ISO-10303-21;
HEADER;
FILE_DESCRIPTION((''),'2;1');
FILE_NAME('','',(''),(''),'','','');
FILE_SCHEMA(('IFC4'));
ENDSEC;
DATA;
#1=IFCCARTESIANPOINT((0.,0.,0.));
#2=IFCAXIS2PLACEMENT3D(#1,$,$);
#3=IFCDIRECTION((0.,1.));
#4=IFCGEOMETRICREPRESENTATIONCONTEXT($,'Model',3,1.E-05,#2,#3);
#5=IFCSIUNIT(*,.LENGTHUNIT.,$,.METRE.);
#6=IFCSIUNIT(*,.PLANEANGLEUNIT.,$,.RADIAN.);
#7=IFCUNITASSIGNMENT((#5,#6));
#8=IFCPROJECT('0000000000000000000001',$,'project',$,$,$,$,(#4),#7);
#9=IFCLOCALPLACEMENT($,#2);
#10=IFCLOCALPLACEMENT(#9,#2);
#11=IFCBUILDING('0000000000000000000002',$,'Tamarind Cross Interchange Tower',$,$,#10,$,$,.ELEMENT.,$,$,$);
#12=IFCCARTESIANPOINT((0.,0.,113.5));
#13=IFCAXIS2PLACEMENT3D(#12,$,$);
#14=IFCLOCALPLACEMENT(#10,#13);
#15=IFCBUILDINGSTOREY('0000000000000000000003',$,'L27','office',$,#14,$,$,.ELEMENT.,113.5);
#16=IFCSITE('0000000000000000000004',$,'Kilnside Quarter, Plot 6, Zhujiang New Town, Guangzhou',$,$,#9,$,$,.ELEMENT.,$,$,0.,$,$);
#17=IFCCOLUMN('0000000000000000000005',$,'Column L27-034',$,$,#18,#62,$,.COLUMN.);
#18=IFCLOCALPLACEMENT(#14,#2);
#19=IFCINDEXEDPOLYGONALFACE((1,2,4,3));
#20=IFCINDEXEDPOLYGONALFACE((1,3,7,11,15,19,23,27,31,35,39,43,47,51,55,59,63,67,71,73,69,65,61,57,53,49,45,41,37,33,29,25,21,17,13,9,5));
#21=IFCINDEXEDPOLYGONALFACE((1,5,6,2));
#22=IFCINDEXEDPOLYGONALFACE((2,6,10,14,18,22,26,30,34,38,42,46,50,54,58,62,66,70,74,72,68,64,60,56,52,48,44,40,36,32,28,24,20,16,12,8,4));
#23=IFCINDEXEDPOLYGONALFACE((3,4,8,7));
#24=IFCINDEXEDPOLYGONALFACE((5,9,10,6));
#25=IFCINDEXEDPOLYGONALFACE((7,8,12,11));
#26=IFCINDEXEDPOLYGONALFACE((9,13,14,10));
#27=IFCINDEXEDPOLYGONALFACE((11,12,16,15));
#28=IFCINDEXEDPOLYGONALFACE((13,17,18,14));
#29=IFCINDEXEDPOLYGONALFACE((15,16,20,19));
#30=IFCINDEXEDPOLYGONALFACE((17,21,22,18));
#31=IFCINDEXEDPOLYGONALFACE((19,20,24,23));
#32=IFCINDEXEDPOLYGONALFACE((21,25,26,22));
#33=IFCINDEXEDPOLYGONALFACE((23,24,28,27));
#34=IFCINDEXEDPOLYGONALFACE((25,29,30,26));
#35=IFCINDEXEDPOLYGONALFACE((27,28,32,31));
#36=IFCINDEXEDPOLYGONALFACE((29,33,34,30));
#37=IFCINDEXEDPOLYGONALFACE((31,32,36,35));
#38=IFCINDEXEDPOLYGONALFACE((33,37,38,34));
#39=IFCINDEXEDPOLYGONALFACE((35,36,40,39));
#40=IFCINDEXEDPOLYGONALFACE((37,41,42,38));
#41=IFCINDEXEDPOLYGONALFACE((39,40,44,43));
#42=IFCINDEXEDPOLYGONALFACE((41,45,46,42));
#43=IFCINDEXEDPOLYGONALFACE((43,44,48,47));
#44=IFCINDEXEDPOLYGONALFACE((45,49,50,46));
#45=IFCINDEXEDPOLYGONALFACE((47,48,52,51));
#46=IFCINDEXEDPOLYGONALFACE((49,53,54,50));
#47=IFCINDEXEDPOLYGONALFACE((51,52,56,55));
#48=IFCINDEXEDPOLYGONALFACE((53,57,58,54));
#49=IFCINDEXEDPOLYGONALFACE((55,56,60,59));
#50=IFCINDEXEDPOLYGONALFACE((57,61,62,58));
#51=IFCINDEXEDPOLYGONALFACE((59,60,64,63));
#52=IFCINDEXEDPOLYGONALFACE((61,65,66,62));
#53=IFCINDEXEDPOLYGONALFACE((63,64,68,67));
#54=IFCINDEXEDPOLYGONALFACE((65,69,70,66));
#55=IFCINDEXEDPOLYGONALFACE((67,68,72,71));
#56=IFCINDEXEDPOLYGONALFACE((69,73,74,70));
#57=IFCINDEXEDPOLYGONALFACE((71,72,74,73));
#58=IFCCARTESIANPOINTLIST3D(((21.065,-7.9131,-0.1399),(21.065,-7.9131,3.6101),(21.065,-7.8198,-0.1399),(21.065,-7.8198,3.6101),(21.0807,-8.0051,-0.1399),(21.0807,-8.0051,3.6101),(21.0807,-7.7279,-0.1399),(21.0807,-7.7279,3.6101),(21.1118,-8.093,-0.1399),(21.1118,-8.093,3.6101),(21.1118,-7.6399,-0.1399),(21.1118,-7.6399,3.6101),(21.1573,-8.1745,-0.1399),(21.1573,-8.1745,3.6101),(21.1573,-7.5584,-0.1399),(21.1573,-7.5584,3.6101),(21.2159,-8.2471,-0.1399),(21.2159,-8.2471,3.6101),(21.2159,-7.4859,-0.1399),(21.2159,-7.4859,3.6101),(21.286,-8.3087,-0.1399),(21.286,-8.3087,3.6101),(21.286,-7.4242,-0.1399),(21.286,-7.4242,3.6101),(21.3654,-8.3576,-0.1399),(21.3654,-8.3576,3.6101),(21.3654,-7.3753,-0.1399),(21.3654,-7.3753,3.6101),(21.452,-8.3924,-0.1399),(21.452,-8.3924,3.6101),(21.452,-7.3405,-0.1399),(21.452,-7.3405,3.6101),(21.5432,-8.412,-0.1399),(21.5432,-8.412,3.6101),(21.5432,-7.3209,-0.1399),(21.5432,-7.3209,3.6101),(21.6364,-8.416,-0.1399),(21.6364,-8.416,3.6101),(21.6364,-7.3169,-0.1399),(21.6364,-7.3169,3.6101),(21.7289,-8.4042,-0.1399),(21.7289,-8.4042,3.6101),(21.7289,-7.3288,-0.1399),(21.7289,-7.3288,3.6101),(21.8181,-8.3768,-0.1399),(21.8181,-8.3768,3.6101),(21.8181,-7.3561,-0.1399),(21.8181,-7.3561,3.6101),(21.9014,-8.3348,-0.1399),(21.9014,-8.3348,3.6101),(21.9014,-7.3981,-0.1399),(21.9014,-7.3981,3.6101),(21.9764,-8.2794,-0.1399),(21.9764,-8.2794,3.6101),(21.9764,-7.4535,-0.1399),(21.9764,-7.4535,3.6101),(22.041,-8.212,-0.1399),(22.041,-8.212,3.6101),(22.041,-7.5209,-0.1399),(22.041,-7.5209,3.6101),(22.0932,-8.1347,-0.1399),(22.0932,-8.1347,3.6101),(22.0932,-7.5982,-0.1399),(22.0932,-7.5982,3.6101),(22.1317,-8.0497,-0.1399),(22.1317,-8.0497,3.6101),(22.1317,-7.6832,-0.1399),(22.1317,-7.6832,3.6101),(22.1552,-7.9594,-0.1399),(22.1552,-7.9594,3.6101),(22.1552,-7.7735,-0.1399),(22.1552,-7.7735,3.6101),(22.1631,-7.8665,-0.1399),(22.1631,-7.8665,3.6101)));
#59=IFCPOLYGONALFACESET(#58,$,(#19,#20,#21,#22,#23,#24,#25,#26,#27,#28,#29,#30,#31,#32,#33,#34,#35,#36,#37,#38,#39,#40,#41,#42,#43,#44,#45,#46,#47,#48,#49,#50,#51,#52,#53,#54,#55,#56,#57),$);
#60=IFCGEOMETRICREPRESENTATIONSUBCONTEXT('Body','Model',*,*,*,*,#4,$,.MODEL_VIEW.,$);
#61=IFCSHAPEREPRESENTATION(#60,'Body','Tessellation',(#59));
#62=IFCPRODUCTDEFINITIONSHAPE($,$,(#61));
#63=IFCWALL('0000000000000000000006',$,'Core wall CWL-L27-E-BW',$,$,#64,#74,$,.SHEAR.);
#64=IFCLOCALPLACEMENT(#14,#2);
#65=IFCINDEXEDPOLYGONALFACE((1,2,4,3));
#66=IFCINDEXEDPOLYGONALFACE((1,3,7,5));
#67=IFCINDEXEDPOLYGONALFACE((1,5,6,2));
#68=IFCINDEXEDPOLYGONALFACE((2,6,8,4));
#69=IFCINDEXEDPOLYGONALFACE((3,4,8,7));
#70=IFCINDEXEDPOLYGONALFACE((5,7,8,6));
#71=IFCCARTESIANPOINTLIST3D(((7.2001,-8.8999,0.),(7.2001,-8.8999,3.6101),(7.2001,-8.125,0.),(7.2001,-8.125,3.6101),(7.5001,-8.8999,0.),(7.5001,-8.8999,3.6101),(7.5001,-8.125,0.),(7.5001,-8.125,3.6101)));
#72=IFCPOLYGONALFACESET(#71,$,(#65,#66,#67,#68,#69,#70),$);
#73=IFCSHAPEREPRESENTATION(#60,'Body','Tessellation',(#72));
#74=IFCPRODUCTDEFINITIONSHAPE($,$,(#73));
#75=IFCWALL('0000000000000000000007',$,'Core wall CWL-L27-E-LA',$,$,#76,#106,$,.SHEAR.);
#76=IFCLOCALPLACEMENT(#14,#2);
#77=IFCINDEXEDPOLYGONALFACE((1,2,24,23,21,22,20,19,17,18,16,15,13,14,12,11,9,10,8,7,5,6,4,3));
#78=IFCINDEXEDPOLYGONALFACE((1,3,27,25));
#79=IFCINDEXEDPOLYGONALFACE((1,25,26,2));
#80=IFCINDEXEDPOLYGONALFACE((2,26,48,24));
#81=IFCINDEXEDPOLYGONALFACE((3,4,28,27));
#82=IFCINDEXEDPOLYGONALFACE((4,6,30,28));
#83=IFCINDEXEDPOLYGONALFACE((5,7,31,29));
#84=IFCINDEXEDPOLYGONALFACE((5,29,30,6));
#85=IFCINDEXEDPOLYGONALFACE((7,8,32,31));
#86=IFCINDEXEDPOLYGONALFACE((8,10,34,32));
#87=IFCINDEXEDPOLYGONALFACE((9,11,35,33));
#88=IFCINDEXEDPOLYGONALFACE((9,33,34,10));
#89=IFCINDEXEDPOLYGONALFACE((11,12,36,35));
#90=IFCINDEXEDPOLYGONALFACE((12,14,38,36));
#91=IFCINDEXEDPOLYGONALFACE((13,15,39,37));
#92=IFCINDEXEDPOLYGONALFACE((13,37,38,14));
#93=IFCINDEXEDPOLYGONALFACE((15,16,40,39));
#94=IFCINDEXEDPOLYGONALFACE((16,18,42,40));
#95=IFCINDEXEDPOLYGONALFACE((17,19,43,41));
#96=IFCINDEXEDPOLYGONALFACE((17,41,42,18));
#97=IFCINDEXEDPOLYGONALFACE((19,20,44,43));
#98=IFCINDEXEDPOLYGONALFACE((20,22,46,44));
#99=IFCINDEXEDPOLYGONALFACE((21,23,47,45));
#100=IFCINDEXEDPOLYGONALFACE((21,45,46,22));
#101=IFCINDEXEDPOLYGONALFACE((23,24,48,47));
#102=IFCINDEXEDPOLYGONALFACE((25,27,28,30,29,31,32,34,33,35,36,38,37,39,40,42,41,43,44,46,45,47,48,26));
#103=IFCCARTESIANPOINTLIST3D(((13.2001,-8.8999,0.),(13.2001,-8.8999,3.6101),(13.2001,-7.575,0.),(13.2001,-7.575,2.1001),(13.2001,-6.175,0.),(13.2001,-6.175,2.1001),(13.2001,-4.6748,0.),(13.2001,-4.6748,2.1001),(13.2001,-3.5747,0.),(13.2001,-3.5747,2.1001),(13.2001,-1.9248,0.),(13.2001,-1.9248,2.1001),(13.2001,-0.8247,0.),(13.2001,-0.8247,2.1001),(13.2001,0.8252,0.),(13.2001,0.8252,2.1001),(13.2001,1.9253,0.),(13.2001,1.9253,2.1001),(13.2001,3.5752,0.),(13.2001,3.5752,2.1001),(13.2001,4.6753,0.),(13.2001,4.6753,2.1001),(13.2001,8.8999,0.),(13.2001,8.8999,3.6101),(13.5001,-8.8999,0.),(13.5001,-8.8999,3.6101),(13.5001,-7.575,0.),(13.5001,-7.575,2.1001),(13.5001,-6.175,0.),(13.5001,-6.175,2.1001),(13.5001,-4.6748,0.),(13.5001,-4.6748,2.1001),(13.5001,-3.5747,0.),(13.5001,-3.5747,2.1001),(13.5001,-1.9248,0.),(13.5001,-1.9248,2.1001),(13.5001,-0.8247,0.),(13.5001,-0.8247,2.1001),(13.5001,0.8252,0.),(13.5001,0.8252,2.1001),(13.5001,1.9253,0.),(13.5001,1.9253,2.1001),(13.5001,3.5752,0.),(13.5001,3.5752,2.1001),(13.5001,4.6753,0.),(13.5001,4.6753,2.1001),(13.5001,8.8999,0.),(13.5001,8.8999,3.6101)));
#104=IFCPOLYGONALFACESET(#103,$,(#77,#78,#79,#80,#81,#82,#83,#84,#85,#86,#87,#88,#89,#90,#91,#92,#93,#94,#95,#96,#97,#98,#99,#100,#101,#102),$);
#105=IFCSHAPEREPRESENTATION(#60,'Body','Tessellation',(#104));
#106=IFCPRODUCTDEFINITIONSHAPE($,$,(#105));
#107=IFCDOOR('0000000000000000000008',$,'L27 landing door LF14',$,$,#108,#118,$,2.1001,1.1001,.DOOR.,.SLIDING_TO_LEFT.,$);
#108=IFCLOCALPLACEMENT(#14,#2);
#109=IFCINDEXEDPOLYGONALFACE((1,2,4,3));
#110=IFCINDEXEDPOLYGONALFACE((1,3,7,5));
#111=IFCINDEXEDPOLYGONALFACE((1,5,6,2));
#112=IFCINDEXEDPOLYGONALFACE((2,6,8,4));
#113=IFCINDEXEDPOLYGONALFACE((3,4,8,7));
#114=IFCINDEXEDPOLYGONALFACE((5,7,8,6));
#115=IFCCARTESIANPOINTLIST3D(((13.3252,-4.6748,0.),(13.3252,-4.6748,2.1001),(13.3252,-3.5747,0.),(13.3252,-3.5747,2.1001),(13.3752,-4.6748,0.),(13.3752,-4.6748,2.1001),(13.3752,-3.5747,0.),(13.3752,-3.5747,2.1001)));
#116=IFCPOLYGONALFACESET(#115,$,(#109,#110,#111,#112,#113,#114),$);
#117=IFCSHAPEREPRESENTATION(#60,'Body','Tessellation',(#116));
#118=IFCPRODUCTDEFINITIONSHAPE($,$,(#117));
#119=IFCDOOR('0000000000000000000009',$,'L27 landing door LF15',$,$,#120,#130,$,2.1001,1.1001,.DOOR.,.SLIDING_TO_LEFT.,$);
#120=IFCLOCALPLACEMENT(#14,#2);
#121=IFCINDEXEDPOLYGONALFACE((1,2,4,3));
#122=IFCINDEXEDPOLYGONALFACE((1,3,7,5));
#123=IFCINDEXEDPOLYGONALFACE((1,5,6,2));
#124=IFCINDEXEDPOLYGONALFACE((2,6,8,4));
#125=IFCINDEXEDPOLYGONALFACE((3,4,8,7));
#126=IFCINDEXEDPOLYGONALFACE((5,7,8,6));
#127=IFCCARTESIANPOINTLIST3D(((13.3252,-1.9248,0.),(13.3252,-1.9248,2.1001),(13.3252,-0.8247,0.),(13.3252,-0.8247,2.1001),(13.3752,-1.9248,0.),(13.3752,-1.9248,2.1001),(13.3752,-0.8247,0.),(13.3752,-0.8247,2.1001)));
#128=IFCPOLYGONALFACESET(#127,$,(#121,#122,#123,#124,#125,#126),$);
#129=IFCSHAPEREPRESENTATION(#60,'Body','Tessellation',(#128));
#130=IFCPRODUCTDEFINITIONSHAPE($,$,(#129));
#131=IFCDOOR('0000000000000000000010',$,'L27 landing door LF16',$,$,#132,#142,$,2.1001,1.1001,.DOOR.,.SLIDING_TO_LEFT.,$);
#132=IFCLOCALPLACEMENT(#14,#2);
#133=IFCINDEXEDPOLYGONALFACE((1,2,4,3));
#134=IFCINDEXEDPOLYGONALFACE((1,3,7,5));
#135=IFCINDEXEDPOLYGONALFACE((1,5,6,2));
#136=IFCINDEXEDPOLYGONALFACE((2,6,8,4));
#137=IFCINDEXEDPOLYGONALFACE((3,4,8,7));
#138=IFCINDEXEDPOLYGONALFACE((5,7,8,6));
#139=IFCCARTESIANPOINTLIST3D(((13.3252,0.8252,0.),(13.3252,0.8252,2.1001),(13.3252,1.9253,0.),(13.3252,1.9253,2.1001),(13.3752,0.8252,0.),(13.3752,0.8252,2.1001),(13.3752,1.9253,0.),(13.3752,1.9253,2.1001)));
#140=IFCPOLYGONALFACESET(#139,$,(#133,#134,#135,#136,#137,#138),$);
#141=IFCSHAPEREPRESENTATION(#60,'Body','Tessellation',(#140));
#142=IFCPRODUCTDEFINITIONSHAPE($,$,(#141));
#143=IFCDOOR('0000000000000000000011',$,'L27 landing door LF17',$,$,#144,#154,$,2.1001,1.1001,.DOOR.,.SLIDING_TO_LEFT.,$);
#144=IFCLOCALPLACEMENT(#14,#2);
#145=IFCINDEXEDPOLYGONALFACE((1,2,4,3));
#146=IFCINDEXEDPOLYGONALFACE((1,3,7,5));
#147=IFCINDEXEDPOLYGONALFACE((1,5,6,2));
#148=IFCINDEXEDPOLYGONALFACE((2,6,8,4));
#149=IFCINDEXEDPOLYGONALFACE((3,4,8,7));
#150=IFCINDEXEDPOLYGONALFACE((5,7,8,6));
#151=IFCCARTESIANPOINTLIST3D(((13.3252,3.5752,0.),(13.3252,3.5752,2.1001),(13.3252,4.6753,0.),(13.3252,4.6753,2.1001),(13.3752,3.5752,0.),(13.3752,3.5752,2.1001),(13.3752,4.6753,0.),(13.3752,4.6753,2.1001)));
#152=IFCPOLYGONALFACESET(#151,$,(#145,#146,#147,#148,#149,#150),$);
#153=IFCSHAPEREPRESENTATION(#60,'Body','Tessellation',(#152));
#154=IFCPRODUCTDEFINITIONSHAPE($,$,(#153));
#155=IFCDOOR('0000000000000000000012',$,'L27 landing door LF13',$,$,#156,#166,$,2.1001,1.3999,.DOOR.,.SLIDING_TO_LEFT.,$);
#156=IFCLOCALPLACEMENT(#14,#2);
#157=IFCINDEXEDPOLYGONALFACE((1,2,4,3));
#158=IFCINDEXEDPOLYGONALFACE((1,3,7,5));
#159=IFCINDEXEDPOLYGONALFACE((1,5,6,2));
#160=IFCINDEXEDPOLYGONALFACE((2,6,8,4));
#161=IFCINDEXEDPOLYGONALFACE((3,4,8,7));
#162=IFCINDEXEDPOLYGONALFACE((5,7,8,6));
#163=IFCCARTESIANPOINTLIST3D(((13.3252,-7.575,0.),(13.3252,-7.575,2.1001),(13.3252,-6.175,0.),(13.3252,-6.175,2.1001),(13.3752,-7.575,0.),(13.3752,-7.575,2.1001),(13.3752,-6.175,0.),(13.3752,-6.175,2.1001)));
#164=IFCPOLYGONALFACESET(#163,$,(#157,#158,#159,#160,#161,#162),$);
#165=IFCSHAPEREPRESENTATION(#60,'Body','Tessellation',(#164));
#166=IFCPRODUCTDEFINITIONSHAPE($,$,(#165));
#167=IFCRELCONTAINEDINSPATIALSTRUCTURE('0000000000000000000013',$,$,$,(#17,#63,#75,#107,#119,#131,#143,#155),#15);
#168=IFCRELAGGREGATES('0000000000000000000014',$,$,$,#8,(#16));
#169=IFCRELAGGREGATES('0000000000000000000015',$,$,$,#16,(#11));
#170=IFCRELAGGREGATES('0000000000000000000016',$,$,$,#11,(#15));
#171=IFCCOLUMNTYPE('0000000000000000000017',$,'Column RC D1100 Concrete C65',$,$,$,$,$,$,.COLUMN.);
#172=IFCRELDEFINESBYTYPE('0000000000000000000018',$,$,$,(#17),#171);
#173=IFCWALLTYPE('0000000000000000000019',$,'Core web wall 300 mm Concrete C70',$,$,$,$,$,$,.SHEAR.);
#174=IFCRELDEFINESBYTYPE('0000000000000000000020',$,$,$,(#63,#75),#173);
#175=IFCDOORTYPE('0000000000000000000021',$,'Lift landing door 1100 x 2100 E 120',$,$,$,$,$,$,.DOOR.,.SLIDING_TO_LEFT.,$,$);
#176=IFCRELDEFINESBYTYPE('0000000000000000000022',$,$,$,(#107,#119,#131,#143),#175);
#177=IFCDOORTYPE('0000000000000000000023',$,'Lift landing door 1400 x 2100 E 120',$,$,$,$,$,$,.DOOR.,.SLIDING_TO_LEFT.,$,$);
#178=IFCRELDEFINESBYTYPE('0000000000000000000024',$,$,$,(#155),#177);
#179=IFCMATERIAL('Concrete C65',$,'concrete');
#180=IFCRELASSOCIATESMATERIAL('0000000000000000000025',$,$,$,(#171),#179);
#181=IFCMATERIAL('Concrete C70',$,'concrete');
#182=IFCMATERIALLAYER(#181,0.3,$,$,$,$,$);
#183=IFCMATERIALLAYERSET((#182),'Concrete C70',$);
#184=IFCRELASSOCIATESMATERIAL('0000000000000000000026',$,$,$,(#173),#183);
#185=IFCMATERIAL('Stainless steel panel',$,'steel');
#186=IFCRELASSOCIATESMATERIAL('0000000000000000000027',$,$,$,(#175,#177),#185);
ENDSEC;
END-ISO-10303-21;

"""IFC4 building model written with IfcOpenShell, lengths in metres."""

from ifc_helpers import new_model, si_unit, direction, frame, frame_2d, origin, origin_2d, place, context, subcontext, project, spatial, rectangle, circle, extrude, material, layer, layer_set, material_profile, profile_set, type_object, element, fill, save


model = new_model("IFC4")

# Units and contexts
model_context = context("Model", 3, precision=1e-05, world=origin(), true_north=direction((0.0, 1.0)))
body_context = subcontext(model_context, "Body", "Model", "MODEL_VIEW")
ifc_project = project(units=[si_unit("LENGTHUNIT", "METRE"), si_unit("PLANEANGLEUNIT", "RADIAN")], contexts=[model_context])

# Site, building, storey
site_placement = place(None, origin())
site = spatial("IfcSite", under=ifc_project, at=site_placement, Name="Kilnside Quarter, Plot 6, Zhujiang New Town, Guangzhou", CompositionType="ELEMENT", RefElevation=0.0)
building_placement = place(site_placement, origin())
building = spatial("IfcBuilding", under=site, at=building_placement, Name="Tamarind Cross Interchange Tower", CompositionType="ELEMENT")
storey_placement = place(building_placement, frame((0.0, 0.0, 113.5)))
storey = spatial("IfcBuildingStorey", under=building, at=storey_placement, Name="L27", Description="office", CompositionType="ELEMENT", Elevation=113.5)

# Column
ifc_material_1 = material(Name="Concrete C65", Category="concrete")
ifc_material_profile = material_profile(ifc_material_1, circle(Radius=0.55, at=origin_2d()), Name="RC D1100")
ifc_profile_set = profile_set([ifc_material_profile], Name="Concrete C65")
column_type = type_object("IfcColumnType", Name="Column RC D1100 Concrete C65", PredefinedType="COLUMN", material=ifc_profile_set)
column_placement = place(storey_placement, frame((21.613, -7.8665, -0.1399), z_axis=(0.0, 0.0, 1.0), x_axis=(1.0, 0.0, 0.0)))
element("IfcColumn", 1, at=column_placement, inside=storey, type_object=column_type, Name="Column L27-034", PredefinedType="COLUMN", context=body_context, shape_type="SweptSolid", body=[
    extrude(circle(Radius=0.55, at=origin_2d()), origin(), (0.0, 0.0, 1.0), 3.75),
])

# Wall
ifc_material_2 = material(Name="Concrete C70", Category="concrete")
ifc_layer_1 = layer(ifc_material_2, 0.3)
ifc_layer_set_1 = layer_set([ifc_layer_1], Name="Concrete C70")
wall_type_1 = type_object("IfcWallType", Name="Core web wall 300 mm Concrete C70", PredefinedType="SHEAR", material=ifc_layer_set_1)
wall_1_placement = place(storey_placement, frame((7.3501, -8.8999, 0.0), z_axis=(0.0, 0.0, 1.0), x_axis=(0.0, 1.0, 0.0)))
element("IfcWall", 2, at=wall_1_placement, inside=storey, type_object=wall_type_1, Name="Core wall CWL-L27-E-BW", PredefinedType="SHEAR", context=body_context, shape_type="SweptSolid", body=[
    extrude(rectangle(XDim=0.7749, YDim=0.3, at=frame_2d((0.3875, 0.0))), origin(), (0.0, 0.0, 1.0), 3.6101),
])

# Wall, openings, doors
wall_2_placement = place(storey_placement, frame((13.3501, -8.8999, 0.0), z_axis=(0.0, 0.0, 1.0), x_axis=(0.0, 1.0, 0.0)))
wall_2 = element("IfcWall", 3, at=wall_2_placement, inside=storey, type_object=wall_type_1, Name="Core wall CWL-L27-E-LA", PredefinedType="SHEAR", context=body_context, shape_type="SweptSolid", body=[
    extrude(rectangle(XDim=17.7998, YDim=0.3, at=frame_2d((8.8999, 0.0))), origin(), (0.0, 0.0, 1.0), 3.6101),
])
opening_1_placement = place(wall_2_placement, frame((1.325, 0.0, 0.0)))
opening_1 = element("IfcOpeningElement", 4, at=opening_1_placement, cuts=wall_2, PredefinedType="OPENING", context=body_context, shape_type="SweptSolid", body=[
    extrude(rectangle(XDim=1.3999, YDim=2.1001, at=frame_2d((0.7, 1.05))), frame((0.0, 0.1599, 0.0), z_axis=(0.0, -1.0, 0.0), x_axis=(1.0, 0.0, 0.0)), (0.0, 0.0, 1.0), 0.3201),
])
opening_2_placement = place(wall_2_placement, frame((4.2251, 0.0, 0.0)))
opening_2 = element("IfcOpeningElement", 5, at=opening_2_placement, cuts=wall_2, PredefinedType="OPENING", context=body_context, shape_type="SweptSolid", body=[
    extrude(rectangle(XDim=1.1001, YDim=2.1001, at=frame_2d((0.55, 1.05))), frame((0.0, 0.1599, 0.0), z_axis=(0.0, -1.0, 0.0), x_axis=(1.0, 0.0, 0.0)), (0.0, 0.0, 1.0), 0.3201),
])
opening_3_placement = place(wall_2_placement, frame((6.9751, 0.0, 0.0)))
opening_3 = element("IfcOpeningElement", 6, at=opening_3_placement, cuts=wall_2, PredefinedType="OPENING", context=body_context, shape_type="SweptSolid", body=[
    extrude(rectangle(XDim=1.1001, YDim=2.1001, at=frame_2d((0.55, 1.05))), frame((0.0, 0.1599, 0.0), z_axis=(0.0, -1.0, 0.0), x_axis=(1.0, 0.0, 0.0)), (0.0, 0.0, 1.0), 0.3201),
])
opening_4_placement = place(wall_2_placement, frame((9.7251, 0.0, 0.0)))
opening_4 = element("IfcOpeningElement", 7, at=opening_4_placement, cuts=wall_2, PredefinedType="OPENING", context=body_context, shape_type="SweptSolid", body=[
    extrude(rectangle(XDim=1.1001, YDim=2.1001, at=frame_2d((0.55, 1.05))), frame((0.0, 0.1599, 0.0), z_axis=(0.0, -1.0, 0.0), x_axis=(1.0, 0.0, 0.0)), (0.0, 0.0, 1.0), 0.3201),
])
opening_5_placement = place(wall_2_placement, frame((12.4751, 0.0, 0.0)))
opening_5 = element("IfcOpeningElement", 8, at=opening_5_placement, cuts=wall_2, PredefinedType="OPENING", context=body_context, shape_type="SweptSolid", body=[
    extrude(rectangle(XDim=1.1001, YDim=2.1001, at=frame_2d((0.55, 1.05))), frame((0.0, 0.1599, 0.0), z_axis=(0.0, -1.0, 0.0), x_axis=(1.0, 0.0, 0.0)), (0.0, 0.0, 1.0), 0.3201),
])
ifc_material_3 = material(Name="Stainless steel panel", Category="steel")
door_type_1 = type_object("IfcDoorType", Name="Lift landing door 1100 x 2100 E 120", OperationType="SLIDING_TO_LEFT", PredefinedType="DOOR", material=ifc_material_3)
door_1_placement = place(opening_2_placement, origin())
door_1 = element("IfcDoor", 9, at=door_1_placement, inside=storey, type_object=door_type_1, Name="L27 landing door LF14", OperationType="SLIDING_TO_LEFT", OverallHeight=2.1001, OverallWidth=1.1001, PredefinedType="DOOR", context=body_context, shape_type="SweptSolid", body=[
    extrude(rectangle(XDim=1.1001, YDim=2.1001, at=frame_2d((0.55, 1.05))), frame((0.0, 0.0249, 0.0), z_axis=(0.0, -1.0, 0.0), x_axis=(1.0, 0.0, 0.0)), (0.0, 0.0, 1.0), 0.05),
])
fill(opening_2, door_1)
door_2_placement = place(opening_3_placement, origin())
door_2 = element("IfcDoor", 10, at=door_2_placement, inside=storey, type_object=door_type_1, Name="L27 landing door LF15", OperationType="SLIDING_TO_LEFT", OverallHeight=2.1001, OverallWidth=1.1001, PredefinedType="DOOR", context=body_context, shape_type="SweptSolid", body=[
    extrude(rectangle(XDim=1.1001, YDim=2.1001, at=frame_2d((0.55, 1.05))), frame((0.0, 0.0249, 0.0), z_axis=(0.0, -1.0, 0.0), x_axis=(1.0, 0.0, 0.0)), (0.0, 0.0, 1.0), 0.05),
])
fill(opening_3, door_2)
door_3_placement = place(opening_4_placement, origin())
door_3 = element("IfcDoor", 11, at=door_3_placement, inside=storey, type_object=door_type_1, Name="L27 landing door LF16", OperationType="SLIDING_TO_LEFT", OverallHeight=2.1001, OverallWidth=1.1001, PredefinedType="DOOR", context=body_context, shape_type="SweptSolid", body=[
    extrude(rectangle(XDim=1.1001, YDim=2.1001, at=frame_2d((0.55, 1.05))), frame((0.0, 0.0249, 0.0), z_axis=(0.0, -1.0, 0.0), x_axis=(1.0, 0.0, 0.0)), (0.0, 0.0, 1.0), 0.05),
])
fill(opening_4, door_3)
door_4_placement = place(opening_5_placement, origin())
door_4 = element("IfcDoor", 12, at=door_4_placement, inside=storey, type_object=door_type_1, Name="L27 landing door LF17", OperationType="SLIDING_TO_LEFT", OverallHeight=2.1001, OverallWidth=1.1001, PredefinedType="DOOR", context=body_context, shape_type="SweptSolid", body=[
    extrude(rectangle(XDim=1.1001, YDim=2.1001, at=frame_2d((0.55, 1.05))), frame((0.0, 0.0249, 0.0), z_axis=(0.0, -1.0, 0.0), x_axis=(1.0, 0.0, 0.0)), (0.0, 0.0, 1.0), 0.05),
])
fill(opening_5, door_4)
door_type_2 = type_object("IfcDoorType", Name="Lift landing door 1400 x 2100 E 120", OperationType="SLIDING_TO_LEFT", PredefinedType="DOOR", material=ifc_material_3)
door_5_placement = place(opening_1_placement, origin())
door_5 = element("IfcDoor", 13, at=door_5_placement, inside=storey, type_object=door_type_2, Name="L27 landing door LF13", OperationType="SLIDING_TO_LEFT", OverallHeight=2.1001, OverallWidth=1.3999, PredefinedType="DOOR", context=body_context, shape_type="SweptSolid", body=[
    extrude(rectangle(XDim=1.3999, YDim=2.1001, at=frame_2d((0.7, 1.05))), frame((0.0, 0.0249, 0.0), z_axis=(0.0, -1.0, 0.0), x_axis=(1.0, 0.0, 0.0)), (0.0, 0.0, 1.0), 0.05),
])
fill(opening_1, door_5)

save(model, "model.ifc")
